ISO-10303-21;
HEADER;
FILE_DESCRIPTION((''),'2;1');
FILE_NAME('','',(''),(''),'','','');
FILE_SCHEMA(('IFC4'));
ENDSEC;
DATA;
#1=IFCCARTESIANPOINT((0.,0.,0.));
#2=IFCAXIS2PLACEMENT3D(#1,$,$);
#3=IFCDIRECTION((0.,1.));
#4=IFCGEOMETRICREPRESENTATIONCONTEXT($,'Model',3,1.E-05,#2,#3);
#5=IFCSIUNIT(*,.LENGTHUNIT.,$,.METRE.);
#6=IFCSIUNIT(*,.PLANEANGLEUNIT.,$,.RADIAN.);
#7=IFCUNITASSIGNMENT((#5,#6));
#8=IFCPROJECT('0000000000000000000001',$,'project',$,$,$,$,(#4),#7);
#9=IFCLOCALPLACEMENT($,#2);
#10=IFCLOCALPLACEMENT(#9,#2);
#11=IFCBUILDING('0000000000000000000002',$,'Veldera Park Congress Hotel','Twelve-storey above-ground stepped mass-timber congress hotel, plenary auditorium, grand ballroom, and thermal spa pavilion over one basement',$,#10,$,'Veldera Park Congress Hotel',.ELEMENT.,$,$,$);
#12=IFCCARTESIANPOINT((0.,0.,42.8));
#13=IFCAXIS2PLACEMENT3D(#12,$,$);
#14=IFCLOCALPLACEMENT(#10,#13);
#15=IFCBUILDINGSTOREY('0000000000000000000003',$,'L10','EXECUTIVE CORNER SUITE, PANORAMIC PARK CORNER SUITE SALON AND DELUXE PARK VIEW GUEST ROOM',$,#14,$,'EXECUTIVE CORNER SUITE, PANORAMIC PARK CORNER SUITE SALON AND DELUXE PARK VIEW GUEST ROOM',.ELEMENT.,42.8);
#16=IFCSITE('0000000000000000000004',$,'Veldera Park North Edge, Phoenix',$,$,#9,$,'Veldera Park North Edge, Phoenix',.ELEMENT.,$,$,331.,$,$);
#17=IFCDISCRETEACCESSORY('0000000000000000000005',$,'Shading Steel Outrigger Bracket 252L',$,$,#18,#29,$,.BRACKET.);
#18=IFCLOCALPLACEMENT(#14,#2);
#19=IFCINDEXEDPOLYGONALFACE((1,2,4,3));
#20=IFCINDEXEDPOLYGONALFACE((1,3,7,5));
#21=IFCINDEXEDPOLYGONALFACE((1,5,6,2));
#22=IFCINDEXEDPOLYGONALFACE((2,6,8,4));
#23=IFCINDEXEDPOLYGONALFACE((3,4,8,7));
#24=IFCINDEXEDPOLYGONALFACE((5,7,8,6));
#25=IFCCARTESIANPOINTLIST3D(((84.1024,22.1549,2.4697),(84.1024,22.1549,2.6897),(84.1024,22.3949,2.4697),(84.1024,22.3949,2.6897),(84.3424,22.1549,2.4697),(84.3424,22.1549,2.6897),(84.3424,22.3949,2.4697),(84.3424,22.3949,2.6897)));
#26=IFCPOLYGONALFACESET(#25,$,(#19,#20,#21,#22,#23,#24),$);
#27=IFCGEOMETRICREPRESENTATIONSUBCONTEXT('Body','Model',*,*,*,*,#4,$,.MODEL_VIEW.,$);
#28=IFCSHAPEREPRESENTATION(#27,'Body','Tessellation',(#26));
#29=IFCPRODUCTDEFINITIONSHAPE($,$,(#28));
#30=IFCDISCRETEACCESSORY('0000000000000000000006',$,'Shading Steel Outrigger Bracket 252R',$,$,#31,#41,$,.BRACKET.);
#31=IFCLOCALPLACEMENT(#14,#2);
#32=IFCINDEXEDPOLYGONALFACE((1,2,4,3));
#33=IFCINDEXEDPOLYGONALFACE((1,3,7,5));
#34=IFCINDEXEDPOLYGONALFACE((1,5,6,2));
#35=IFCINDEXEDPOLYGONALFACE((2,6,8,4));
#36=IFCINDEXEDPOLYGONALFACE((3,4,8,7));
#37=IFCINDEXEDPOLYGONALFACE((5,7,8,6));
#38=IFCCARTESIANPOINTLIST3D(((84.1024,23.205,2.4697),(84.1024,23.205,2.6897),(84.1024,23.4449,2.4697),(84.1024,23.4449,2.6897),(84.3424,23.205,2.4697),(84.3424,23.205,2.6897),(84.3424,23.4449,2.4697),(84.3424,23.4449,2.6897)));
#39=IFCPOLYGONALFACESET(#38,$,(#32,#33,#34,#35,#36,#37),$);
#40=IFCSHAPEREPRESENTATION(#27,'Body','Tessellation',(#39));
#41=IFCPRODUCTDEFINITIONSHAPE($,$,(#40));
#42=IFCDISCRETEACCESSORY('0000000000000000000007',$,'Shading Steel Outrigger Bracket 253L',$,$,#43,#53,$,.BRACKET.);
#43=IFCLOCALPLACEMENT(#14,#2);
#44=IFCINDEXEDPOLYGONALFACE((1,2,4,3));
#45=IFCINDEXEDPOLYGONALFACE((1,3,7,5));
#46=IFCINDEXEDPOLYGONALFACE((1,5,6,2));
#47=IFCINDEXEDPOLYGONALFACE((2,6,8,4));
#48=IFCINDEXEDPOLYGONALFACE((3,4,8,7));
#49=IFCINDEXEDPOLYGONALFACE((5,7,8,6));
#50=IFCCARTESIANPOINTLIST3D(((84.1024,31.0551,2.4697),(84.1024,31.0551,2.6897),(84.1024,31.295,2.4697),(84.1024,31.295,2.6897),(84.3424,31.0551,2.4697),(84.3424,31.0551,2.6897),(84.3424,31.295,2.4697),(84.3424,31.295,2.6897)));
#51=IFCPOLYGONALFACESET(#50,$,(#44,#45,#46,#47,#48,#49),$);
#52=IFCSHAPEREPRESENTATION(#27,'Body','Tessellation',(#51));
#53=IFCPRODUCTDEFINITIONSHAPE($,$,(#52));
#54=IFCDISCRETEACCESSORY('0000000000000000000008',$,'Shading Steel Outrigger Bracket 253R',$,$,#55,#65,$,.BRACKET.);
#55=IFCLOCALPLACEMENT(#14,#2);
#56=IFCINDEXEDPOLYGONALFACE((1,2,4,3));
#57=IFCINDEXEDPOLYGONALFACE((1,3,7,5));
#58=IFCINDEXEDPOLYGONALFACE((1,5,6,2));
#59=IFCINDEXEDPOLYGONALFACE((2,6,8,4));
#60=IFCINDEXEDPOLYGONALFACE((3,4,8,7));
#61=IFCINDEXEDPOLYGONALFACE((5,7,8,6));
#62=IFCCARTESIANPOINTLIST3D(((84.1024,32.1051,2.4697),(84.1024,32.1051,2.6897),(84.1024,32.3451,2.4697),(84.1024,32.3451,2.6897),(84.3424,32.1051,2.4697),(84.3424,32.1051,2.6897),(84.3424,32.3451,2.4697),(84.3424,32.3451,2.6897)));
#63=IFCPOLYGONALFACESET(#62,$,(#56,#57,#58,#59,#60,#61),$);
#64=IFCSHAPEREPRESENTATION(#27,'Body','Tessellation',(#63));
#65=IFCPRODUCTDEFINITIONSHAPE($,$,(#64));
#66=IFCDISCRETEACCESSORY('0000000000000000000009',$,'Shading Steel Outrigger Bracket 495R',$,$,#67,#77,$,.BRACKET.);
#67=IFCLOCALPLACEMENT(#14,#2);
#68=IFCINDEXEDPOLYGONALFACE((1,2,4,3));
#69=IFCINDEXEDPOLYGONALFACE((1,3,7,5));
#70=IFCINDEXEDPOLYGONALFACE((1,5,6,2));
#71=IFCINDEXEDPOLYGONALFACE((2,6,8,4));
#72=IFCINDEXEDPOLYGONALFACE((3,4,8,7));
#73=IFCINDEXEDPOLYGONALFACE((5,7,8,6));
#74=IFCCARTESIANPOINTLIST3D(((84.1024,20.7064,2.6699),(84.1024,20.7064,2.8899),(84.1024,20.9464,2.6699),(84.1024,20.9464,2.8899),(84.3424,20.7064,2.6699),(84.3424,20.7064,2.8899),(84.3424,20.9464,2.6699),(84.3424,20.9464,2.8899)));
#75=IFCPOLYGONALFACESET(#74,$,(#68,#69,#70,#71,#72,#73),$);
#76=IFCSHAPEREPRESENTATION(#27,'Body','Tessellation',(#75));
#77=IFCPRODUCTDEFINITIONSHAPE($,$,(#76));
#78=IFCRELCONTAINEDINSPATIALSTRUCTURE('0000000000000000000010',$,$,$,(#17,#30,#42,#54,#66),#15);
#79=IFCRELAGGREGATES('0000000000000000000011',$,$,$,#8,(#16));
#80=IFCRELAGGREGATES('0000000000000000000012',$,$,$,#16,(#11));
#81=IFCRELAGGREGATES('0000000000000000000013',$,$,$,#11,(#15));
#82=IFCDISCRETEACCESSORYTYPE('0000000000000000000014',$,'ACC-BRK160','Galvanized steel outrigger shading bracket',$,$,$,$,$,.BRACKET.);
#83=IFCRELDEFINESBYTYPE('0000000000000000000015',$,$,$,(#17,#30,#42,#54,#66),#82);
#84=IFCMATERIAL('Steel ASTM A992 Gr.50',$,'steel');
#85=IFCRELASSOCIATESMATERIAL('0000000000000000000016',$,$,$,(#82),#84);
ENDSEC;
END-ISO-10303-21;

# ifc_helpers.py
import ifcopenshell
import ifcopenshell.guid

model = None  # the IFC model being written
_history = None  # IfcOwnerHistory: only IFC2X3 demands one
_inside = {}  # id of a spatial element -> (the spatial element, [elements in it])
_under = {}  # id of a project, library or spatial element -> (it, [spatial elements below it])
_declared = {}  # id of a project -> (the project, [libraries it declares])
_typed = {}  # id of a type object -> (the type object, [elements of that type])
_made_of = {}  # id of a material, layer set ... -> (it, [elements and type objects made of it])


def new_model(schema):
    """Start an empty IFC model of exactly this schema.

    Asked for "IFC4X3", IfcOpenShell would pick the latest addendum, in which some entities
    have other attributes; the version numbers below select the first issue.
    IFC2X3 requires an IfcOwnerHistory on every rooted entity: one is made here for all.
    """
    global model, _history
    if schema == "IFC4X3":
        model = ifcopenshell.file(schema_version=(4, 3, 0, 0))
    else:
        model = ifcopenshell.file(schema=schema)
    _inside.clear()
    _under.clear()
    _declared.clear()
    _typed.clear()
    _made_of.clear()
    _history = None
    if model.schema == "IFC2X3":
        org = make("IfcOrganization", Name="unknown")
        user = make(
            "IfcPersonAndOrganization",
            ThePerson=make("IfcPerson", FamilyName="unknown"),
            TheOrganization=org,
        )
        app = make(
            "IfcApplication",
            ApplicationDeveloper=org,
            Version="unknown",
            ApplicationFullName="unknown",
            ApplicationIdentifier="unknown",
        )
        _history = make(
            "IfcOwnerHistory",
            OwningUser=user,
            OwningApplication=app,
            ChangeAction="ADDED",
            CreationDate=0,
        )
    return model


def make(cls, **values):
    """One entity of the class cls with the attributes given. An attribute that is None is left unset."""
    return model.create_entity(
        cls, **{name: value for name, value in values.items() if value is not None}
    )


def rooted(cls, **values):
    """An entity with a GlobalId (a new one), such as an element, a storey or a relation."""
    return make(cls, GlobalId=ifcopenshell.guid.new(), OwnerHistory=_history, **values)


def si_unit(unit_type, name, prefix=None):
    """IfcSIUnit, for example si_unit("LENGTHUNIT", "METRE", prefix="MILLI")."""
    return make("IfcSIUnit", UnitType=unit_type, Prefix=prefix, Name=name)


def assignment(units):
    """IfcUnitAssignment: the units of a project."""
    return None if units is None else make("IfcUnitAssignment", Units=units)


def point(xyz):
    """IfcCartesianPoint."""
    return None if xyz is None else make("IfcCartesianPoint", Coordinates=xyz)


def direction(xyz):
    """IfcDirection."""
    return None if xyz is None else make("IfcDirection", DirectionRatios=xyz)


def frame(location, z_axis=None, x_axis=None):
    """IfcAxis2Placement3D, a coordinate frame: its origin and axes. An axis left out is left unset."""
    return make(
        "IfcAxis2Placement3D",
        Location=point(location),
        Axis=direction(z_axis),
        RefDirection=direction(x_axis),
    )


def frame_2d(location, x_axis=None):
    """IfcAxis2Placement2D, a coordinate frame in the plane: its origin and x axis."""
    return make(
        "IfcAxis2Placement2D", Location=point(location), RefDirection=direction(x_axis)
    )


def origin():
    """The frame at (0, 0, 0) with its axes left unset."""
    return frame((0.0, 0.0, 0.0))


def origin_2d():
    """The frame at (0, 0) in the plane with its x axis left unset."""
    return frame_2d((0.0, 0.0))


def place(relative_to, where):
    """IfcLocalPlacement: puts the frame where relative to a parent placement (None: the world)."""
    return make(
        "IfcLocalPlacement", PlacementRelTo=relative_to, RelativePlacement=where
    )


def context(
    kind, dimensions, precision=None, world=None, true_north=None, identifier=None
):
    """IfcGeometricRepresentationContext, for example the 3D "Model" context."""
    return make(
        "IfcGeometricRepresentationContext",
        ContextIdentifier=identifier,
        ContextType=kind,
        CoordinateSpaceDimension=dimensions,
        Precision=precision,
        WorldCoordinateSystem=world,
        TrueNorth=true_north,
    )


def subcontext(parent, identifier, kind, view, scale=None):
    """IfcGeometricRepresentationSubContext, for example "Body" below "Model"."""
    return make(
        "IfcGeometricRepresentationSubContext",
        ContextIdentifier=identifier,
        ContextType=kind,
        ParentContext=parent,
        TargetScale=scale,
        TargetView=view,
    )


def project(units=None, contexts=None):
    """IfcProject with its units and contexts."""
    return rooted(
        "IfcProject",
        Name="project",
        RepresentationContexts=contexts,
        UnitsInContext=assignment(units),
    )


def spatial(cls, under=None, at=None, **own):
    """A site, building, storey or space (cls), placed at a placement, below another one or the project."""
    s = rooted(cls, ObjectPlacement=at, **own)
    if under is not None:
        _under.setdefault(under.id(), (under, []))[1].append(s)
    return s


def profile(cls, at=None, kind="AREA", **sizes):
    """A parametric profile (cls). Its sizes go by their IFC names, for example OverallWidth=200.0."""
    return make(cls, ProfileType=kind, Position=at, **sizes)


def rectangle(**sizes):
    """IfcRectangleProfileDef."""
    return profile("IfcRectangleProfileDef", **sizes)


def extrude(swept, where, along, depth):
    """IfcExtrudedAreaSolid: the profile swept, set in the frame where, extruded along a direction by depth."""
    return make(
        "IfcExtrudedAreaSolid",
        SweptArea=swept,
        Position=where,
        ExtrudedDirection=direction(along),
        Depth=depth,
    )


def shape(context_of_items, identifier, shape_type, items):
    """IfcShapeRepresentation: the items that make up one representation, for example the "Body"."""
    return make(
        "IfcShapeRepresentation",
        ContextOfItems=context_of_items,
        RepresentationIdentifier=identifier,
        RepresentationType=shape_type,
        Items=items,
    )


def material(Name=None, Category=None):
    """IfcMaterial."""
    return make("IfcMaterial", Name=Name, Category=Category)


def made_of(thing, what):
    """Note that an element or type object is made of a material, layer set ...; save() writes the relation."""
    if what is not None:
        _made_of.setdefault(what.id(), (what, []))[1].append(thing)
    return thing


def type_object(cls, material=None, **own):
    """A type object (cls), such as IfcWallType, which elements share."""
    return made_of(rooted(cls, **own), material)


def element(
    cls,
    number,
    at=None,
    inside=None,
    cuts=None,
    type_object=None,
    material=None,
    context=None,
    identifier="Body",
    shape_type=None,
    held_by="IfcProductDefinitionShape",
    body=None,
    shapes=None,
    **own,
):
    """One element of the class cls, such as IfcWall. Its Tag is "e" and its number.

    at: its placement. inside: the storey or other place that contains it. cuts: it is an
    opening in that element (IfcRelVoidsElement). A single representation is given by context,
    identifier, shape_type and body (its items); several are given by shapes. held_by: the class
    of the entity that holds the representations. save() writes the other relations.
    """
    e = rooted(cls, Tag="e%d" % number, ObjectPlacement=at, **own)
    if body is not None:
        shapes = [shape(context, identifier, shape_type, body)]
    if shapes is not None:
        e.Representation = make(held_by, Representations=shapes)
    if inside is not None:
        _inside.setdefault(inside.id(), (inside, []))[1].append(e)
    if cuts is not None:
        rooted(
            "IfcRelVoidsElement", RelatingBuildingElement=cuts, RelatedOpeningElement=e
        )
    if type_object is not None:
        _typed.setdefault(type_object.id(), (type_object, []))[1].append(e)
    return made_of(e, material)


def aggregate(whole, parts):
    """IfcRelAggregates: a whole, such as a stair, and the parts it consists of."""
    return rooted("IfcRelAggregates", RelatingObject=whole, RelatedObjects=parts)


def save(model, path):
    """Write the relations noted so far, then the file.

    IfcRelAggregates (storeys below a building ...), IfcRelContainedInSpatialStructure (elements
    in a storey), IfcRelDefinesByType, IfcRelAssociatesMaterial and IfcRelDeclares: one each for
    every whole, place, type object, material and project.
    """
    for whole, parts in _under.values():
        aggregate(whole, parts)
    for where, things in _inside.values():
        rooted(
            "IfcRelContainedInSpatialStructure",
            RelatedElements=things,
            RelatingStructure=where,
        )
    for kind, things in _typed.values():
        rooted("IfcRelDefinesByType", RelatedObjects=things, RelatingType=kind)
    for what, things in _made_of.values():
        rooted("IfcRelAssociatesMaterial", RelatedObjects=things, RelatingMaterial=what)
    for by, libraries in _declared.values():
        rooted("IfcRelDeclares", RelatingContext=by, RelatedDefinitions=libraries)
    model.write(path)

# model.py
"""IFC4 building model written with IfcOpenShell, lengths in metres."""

from ifc_helpers import new_model, si_unit, direction, frame, origin, origin_2d, place, context, subcontext, project, spatial, rectangle, extrude, material, type_object, element, save


model = new_model("IFC4")

# Units and contexts
model_context = context("Model", 3, precision=1e-05, world=origin(), true_north=direction((0.0, 1.0)))
body_context = subcontext(model_context, "Body", "Model", "MODEL_VIEW")
ifc_project = project(units=[si_unit("LENGTHUNIT", "METRE"), si_unit("PLANEANGLEUNIT", "RADIAN")], contexts=[model_context])

# Site, building, storey
site_placement = place(None, origin())
site = spatial("IfcSite", under=ifc_project, at=site_placement, Name="Veldera Park North Edge, Phoenix", LongName="Veldera Park North Edge, Phoenix", CompositionType="ELEMENT", RefElevation=331.0)
building_placement = place(site_placement, origin())
building = spatial("IfcBuilding", under=site, at=building_placement, Name="Veldera Park Congress Hotel", Description="Twelve-storey above-ground stepped mass-timber congress hotel, plenary auditorium, grand ballroom, and thermal spa pavilion over one basement", LongName="Veldera Park Congress Hotel", CompositionType="ELEMENT")
storey_placement = place(building_placement, frame((0.0, 0.0, 42.8)))
storey = spatial("IfcBuildingStorey", under=building, at=storey_placement, Name="L10", Description="EXECUTIVE CORNER SUITE, PANORAMIC PARK CORNER SUITE SALON AND DELUXE PARK VIEW GUEST ROOM", LongName="EXECUTIVE CORNER SUITE, PANORAMIC PARK CORNER SUITE SALON AND DELUXE PARK VIEW GUEST ROOM", CompositionType="ELEMENT", Elevation=42.8)

# Discrete accessories
ifc_material_1 = material(Name="Steel ASTM A992 Gr.50", Category="steel")
discrete_accessory_type = type_object("IfcDiscreteAccessoryType", Name="ACC-BRK160", Description="Galvanized steel outrigger shading bracket", PredefinedType="BRACKET", material=ifc_material_1)
for number, where, z_axis, x_axis, name in (
    (1, (84.2224, 22.2749, 2.4697), (0.0, 0.0, 1.0), (0.0, 1.0, 0.0), "Shading Steel Outrigger Bracket 252L"),
    (2, (84.2224, 23.325, 2.4697), (0.0, 0.0, 1.0), (0.0, 1.0, 0.0), "Shading Steel Outrigger Bracket 252R"),
    (3, (84.2224, 31.175, 2.4697), (0.0, 0.0, 1.0), (0.0, 1.0, 0.0), "Shading Steel Outrigger Bracket 253L"),
    (4, (84.2224, 32.2251, 2.4697), (0.0, 0.0, 1.0), (0.0, 1.0, 0.0), "Shading Steel Outrigger Bracket 253R"),
    (5, (84.2224, 20.8264, 2.6699), (0.0, 0.0, 1.0), (0.0, 1.0, 0.0), "Shading Steel Outrigger Bracket 495R"),
):
    element("IfcDiscreteAccessory", number, at=place(storey_placement, frame(where, z_axis=z_axis, x_axis=x_axis)), inside=storey, type_object=discrete_accessory_type, Name=name, PredefinedType="BRACKET", context=body_context, shape_type="SweptSolid", body=[
        extrude(rectangle(XDim=0.24, YDim=0.24, at=origin_2d()), origin(), (0.0, 0.0, 1.0), 0.22),
    ])

save(model, "model.ifc")
